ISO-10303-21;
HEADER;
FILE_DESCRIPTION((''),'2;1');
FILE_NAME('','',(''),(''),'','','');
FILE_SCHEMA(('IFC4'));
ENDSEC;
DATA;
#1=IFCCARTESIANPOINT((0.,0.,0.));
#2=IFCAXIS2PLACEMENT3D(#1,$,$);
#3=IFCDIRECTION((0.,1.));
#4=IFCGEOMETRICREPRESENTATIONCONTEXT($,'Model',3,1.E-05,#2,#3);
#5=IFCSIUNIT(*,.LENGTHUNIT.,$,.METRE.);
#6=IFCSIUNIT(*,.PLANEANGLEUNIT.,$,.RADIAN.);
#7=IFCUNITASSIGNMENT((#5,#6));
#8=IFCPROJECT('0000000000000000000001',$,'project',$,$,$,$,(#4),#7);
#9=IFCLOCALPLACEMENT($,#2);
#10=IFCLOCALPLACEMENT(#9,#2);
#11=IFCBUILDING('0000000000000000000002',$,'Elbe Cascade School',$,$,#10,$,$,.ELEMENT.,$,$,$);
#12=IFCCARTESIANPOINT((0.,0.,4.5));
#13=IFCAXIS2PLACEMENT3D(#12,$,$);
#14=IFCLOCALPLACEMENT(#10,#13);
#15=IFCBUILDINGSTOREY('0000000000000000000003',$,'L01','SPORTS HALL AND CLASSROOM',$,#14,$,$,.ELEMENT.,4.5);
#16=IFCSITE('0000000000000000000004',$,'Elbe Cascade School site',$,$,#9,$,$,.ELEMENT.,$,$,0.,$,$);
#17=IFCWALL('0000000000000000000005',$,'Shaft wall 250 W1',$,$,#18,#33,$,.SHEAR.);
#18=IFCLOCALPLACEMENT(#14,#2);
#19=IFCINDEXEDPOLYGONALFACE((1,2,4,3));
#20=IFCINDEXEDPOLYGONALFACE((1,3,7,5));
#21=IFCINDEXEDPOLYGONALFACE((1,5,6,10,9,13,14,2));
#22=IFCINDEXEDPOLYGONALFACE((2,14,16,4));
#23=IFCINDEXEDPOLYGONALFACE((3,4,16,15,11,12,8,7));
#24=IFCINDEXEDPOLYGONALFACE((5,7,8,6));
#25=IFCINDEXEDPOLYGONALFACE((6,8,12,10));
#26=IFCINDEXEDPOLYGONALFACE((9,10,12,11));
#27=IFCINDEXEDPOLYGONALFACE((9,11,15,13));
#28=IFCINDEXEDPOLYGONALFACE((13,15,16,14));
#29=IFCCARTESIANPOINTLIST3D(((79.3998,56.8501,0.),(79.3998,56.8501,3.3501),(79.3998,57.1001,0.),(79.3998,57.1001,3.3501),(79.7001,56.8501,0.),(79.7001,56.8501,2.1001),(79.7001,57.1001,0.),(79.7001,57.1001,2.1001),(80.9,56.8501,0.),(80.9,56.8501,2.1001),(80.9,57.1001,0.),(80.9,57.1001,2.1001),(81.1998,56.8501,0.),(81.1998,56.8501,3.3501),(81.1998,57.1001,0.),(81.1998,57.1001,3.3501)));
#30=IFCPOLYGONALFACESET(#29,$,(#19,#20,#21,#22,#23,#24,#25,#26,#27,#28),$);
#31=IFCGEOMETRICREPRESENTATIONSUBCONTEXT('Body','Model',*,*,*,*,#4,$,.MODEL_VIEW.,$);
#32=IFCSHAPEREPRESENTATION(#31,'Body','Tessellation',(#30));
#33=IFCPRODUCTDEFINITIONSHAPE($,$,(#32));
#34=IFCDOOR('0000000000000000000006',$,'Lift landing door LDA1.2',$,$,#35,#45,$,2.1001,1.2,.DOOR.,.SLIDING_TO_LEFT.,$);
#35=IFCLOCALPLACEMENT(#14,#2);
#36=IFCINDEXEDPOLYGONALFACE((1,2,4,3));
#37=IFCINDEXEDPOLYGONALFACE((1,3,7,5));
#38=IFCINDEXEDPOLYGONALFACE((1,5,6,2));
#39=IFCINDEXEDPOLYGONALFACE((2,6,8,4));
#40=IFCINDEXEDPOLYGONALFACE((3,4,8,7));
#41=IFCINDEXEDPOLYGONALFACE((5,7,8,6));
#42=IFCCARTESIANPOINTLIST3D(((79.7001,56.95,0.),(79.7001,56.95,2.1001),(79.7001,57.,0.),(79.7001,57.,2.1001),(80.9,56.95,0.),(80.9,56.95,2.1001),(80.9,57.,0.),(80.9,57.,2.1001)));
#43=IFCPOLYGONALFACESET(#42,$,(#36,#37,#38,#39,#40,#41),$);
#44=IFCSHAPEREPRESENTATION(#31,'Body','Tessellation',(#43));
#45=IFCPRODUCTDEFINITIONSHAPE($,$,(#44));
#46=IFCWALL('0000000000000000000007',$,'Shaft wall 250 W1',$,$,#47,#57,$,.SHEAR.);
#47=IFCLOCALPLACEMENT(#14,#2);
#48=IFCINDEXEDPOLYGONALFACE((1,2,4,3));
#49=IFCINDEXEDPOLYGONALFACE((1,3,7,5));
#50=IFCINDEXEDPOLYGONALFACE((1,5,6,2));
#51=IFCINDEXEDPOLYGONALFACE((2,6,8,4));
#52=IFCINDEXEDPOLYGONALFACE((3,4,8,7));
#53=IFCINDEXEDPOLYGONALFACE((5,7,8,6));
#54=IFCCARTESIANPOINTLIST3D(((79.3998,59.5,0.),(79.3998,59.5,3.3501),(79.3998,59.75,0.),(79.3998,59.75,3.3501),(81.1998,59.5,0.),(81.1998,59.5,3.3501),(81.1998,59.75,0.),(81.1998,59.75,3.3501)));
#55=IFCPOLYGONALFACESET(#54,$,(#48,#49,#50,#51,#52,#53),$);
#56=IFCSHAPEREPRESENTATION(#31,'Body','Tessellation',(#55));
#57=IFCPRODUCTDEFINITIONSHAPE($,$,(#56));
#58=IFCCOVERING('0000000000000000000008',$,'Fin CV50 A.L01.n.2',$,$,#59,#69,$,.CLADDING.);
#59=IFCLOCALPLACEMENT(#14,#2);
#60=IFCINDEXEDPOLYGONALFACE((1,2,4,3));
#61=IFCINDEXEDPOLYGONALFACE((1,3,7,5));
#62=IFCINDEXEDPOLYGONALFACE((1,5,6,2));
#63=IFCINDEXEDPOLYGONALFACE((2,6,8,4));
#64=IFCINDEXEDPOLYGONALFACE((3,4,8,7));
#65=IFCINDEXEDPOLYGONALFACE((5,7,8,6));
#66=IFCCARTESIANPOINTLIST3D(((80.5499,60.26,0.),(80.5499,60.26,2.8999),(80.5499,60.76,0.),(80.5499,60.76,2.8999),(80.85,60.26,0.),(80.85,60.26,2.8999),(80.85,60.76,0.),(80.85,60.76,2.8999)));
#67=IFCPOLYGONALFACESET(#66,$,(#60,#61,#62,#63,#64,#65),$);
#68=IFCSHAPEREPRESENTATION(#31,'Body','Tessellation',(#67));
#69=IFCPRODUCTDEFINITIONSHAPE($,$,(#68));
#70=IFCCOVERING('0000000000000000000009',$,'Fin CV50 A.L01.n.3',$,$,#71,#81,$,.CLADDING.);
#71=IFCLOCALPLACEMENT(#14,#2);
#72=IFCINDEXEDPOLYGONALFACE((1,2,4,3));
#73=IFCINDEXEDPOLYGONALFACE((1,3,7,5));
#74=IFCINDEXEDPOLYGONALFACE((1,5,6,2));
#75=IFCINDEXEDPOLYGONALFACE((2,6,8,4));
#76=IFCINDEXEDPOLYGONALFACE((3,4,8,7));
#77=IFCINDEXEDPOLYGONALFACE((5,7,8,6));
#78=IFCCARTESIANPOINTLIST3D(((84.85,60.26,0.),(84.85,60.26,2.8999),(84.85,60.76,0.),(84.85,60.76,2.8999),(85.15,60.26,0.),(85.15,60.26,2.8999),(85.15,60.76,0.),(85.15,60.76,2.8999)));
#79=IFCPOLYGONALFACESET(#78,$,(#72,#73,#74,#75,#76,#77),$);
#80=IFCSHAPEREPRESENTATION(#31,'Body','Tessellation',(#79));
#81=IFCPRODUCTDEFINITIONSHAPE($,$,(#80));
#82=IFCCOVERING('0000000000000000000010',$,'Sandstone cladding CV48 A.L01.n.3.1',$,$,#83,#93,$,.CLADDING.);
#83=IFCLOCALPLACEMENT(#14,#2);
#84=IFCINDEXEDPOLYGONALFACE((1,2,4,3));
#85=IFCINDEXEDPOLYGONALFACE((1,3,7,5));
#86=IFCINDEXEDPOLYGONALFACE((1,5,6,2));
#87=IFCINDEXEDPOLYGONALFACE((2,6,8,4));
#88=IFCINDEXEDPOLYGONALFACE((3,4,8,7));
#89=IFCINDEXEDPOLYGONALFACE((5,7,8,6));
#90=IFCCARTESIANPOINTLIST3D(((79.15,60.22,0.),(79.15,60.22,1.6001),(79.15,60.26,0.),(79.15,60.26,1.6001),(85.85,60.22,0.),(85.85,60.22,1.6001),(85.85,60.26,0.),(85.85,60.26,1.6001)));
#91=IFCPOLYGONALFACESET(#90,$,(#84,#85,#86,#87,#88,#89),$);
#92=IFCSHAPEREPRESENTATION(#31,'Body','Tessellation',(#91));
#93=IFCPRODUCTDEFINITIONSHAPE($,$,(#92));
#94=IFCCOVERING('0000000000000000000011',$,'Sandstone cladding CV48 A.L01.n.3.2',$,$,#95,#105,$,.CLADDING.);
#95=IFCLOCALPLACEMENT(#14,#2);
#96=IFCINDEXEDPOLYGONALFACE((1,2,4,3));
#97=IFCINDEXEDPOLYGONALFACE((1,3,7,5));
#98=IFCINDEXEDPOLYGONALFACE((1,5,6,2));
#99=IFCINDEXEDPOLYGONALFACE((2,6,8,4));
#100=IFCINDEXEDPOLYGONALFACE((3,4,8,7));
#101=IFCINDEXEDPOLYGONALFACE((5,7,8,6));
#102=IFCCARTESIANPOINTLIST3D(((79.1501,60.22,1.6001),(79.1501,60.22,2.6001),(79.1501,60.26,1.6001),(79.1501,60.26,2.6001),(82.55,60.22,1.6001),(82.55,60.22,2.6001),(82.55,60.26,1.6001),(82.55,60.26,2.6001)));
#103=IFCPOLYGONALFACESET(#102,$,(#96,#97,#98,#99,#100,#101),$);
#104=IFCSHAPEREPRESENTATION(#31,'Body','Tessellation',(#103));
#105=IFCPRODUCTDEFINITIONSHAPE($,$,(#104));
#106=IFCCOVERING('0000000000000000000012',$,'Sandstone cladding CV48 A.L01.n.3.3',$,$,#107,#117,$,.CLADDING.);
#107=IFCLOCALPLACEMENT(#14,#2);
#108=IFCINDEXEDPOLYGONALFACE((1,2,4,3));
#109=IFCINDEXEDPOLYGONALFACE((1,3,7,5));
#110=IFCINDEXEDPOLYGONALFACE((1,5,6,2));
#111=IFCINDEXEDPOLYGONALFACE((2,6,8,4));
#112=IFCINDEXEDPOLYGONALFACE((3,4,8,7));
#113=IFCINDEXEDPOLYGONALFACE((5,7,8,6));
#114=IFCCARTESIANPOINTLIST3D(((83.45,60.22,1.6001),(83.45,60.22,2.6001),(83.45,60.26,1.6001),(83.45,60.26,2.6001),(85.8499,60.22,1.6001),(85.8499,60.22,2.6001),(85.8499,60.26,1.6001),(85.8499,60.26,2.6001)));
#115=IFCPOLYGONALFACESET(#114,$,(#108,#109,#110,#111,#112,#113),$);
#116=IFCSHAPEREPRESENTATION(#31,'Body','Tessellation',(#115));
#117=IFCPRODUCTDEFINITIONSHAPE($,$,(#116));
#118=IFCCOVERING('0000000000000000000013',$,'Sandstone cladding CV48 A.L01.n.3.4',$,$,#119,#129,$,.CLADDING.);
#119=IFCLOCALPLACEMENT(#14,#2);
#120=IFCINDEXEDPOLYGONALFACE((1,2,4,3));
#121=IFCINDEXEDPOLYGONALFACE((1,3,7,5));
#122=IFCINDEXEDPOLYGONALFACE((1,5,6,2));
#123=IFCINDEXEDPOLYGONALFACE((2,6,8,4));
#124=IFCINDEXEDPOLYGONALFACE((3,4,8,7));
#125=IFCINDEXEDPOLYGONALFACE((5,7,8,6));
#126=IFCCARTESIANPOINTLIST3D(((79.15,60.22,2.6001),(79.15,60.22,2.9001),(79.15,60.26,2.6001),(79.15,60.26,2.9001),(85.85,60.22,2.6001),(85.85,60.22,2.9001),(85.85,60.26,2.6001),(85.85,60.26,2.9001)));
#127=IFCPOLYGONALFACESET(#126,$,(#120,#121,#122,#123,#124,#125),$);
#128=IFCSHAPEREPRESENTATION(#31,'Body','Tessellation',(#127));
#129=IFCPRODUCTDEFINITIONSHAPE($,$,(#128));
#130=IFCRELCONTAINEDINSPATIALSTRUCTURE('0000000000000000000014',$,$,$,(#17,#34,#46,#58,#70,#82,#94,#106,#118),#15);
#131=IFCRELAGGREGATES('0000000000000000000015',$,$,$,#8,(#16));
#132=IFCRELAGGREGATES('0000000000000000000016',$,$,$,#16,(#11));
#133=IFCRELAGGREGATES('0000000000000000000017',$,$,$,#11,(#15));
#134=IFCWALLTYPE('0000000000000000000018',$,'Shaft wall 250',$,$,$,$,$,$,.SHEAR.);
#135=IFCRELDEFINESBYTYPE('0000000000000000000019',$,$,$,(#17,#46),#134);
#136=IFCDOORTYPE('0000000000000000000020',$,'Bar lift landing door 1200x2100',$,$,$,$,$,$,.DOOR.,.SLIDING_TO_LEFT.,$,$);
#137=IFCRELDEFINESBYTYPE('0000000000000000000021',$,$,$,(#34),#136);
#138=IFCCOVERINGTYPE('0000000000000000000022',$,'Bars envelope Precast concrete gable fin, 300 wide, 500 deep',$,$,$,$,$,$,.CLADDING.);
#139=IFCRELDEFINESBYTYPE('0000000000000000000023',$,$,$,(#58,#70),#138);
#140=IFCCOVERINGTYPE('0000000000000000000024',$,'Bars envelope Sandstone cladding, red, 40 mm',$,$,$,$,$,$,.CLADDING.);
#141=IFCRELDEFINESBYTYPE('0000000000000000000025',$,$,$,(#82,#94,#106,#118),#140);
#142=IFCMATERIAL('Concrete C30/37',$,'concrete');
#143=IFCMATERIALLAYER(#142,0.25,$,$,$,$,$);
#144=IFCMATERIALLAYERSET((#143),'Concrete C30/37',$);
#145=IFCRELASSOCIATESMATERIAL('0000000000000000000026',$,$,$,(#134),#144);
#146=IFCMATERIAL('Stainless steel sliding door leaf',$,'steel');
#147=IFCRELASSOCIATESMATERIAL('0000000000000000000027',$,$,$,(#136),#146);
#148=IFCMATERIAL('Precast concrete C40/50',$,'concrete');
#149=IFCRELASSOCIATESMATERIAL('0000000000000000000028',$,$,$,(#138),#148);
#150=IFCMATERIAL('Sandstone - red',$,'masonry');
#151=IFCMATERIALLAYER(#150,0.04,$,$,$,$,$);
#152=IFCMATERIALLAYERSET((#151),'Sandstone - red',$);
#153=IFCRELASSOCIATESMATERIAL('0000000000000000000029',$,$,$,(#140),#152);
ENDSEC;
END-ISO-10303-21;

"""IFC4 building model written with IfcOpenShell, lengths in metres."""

from ifc_helpers import new_model, si_unit, direction, frame, frame_2d, origin, origin_2d, place, context, subcontext, project, spatial, rectangle, extrude, material, layer, layer_set, type_object, element, fill, save


model = new_model("IFC4")

# Units and contexts
model_context = context("Model", 3, precision=1e-05, world=origin(), true_north=direction((0.0, 1.0)))
body_context = subcontext(model_context, "Body", "Model", "MODEL_VIEW")
ifc_project = project(units=[si_unit("LENGTHUNIT", "METRE"), si_unit("PLANEANGLEUNIT", "RADIAN")], contexts=[model_context])

# Site, building, storey
site_placement = place(None, origin())
site = spatial("IfcSite", under=ifc_project, at=site_placement, Name="Elbe Cascade School site", CompositionType="ELEMENT", RefElevation=0.0)
building_placement = place(site_placement, origin())
building = spatial("IfcBuilding", under=site, at=building_placement, Name="Elbe Cascade School", CompositionType="ELEMENT")
storey_placement = place(building_placement, frame((0.0, 0.0, 4.5)))
storey = spatial("IfcBuildingStorey", under=building, at=storey_placement, Name="L01", Description="SPORTS HALL AND CLASSROOM", CompositionType="ELEMENT", Elevation=4.5)

# Shared definitions
ifc_material_1 = material(Name="Concrete C30/37", Category="concrete")
ifc_layer_1 = layer(ifc_material_1, 0.25)
ifc_layer_set_1 = layer_set([ifc_layer_1], Name="Concrete C30/37")
wall_type_1 = type_object("IfcWallType", Name="Shaft wall 250", PredefinedType="SHEAR", material=ifc_layer_set_1)

# Wall, opening, door
wall_1_placement = place(storey_placement, frame((79.3999, 56.9751, 0.0), z_axis=(0.0, 0.0, 1.0), x_axis=(1.0, 0.0, 0.0)))
wall_1 = element("IfcWall", 1, at=wall_1_placement, inside=storey, type_object=wall_type_1, Name="Shaft wall 250 W1", PredefinedType="SHEAR", context=body_context, shape_type="SweptSolid", body=[
    extrude(rectangle(XDim=1.8, YDim=0.25, at=frame_2d((0.8999, 0.0))), origin(), (0.0, 0.0, 1.0), 3.3501),
])
opening_1_placement = place(wall_1_placement, frame((0.3, 0.0, 0.0)))
opening_1 = element("IfcOpeningElement", 2, at=opening_1_placement, cuts=wall_1, PredefinedType="OPENING", context=body_context, shape_type="SweptSolid", body=[
    extrude(rectangle(XDim=1.2, YDim=2.1001, at=frame_2d((0.6001, 1.05))), frame((0.0, 0.135, 0.0), z_axis=(0.0, -1.0, 0.0), x_axis=(1.0, 0.0, 0.0)), (0.0, 0.0, 1.0), 0.27),
])
ifc_material_2 = material(Name="Stainless steel sliding door leaf", Category="steel")
door_type_1 = type_object("IfcDoorType", Name="Bar lift landing door 1200x2100", OperationType="SLIDING_TO_LEFT", PredefinedType="DOOR", material=ifc_material_2)
door_1_placement = place(opening_1_placement, origin())
door_1 = element("IfcDoor", 3, at=door_1_placement, inside=storey, type_object=door_type_1, Name="Lift landing door LDA1.2", OperationType="SLIDING_TO_LEFT", OverallHeight=2.1001, OverallWidth=1.2, PredefinedType="DOOR", context=body_context, shape_type="SweptSolid", body=[
    extrude(rectangle(XDim=1.2, YDim=2.1001, at=frame_2d((0.6001, 1.05))), frame((0.0, 0.0249, 0.0), z_axis=(0.0, -1.0, 0.0), x_axis=(1.0, 0.0, 0.0)), (0.0, 0.0, 1.0), 0.05),
])
fill(opening_1, door_1)

# Wall
wall_2_placement = place(storey_placement, frame((79.3999, 59.625, 0.0), z_axis=(0.0, 0.0, 1.0), x_axis=(1.0, 0.0, 0.0)))
element("IfcWall", 4, at=wall_2_placement, inside=storey, type_object=wall_type_1, Name="Shaft wall 250 W1", PredefinedType="SHEAR", context=body_context, shape_type="SweptSolid", body=[
    extrude(rectangle(XDim=1.8, YDim=0.25, at=frame_2d((0.8999, 0.0))), origin(), (0.0, 0.0, 1.0), 3.3501),
])

# Coverings
ifc_material_3 = material(Name="Precast concrete C40/50", Category="concrete")
covering_type_1 = type_object("IfcCoveringType", Name="Bars envelope Precast concrete gable fin, 300 wide, 500 deep", PredefinedType="CLADDING", material=ifc_material_3)
for number, where, z_axis, x_axis, name in (
    (5, (80.7, 60.51, 0.0), (0.0, 0.0, 1.0), (1.0, 0.0, 0.0), "Fin CV50 A.L01.n.2"),
    (6, (85.0, 60.51, 0.0), (0.0, 0.0, 1.0), (1.0, 0.0, 0.0), "Fin CV50 A.L01.n.3"),
):
    element("IfcCovering", number, at=place(storey_placement, frame(where, z_axis=z_axis, x_axis=x_axis)), inside=storey, type_object=covering_type_1, Name=name, PredefinedType="CLADDING", context=body_context, shape_type="SweptSolid", body=[
        extrude(rectangle(XDim=0.3, YDim=0.5, at=origin_2d()), origin(), (0.0, 0.0, 1.0), 2.8999),
    ])
ifc_material_4 = material(Name="Sandstone - red", Category="masonry")
ifc_layer_2 = layer(ifc_material_4, 0.04)
ifc_layer_set_2 = layer_set([ifc_layer_2], Name="Sandstone - red")
covering_type_2 = type_object("IfcCoveringType", Name="Bars envelope Sandstone cladding, red, 40 mm", PredefinedType="CLADDING", material=ifc_layer_set_2)
covering_1_placement = place(storey_placement, frame((82.5, 60.24, 0.0), z_axis=(0.0, 0.0, 1.0), x_axis=(1.0, 0.0, 0.0)))
element("IfcCovering", 7, at=covering_1_placement, inside=storey, type_object=covering_type_2, Name="Sandstone cladding CV48 A.L01.n.3.1", PredefinedType="CLADDING", context=body_context, shape_type="SweptSolid", body=[
    extrude(rectangle(XDim=6.7, YDim=0.04, at=origin_2d()), origin(), (0.0, 0.0, 1.0), 1.6001),
])
covering_2_placement = place(storey_placement, frame((80.8501, 60.24, 1.6001), z_axis=(0.0, 0.0, 1.0), x_axis=(1.0, 0.0, 0.0)))
element("IfcCovering", 8, at=covering_2_placement, inside=storey, type_object=covering_type_2, Name="Sandstone cladding CV48 A.L01.n.3.2", PredefinedType="CLADDING", context=body_context, shape_type="SweptSolid", body=[
    extrude(rectangle(XDim=3.3999, YDim=0.04, at=origin_2d()), origin(), (0.0, 0.0, 1.0), 1.0),
])
covering_3_placement = place(storey_placement, frame((84.6499, 60.24, 1.6001), z_axis=(0.0, 0.0, 1.0), x_axis=(1.0, 0.0, 0.0)))
element("IfcCovering", 9, at=covering_3_placement, inside=storey, type_object=covering_type_2, Name="Sandstone cladding CV48 A.L01.n.3.3", PredefinedType="CLADDING", context=body_context, shape_type="SweptSolid", body=[
    extrude(rectangle(XDim=2.3999, YDim=0.04, at=origin_2d()), origin(), (0.0, 0.0, 1.0), 1.0),
])
covering_4_placement = place(storey_placement, frame((82.5, 60.24, 2.6001), z_axis=(0.0, 0.0, 1.0), x_axis=(1.0, 0.0, 0.0)))
element("IfcCovering", 10, at=covering_4_placement, inside=storey, type_object=covering_type_2, Name="Sandstone cladding CV48 A.L01.n.3.4", PredefinedType="CLADDING", context=body_context, shape_type="SweptSolid", body=[
    extrude(rectangle(XDim=6.7, YDim=0.04, at=origin_2d()), origin(), (0.0, 0.0, 1.0), 0.3),
])

save(model, "model.ifc")
